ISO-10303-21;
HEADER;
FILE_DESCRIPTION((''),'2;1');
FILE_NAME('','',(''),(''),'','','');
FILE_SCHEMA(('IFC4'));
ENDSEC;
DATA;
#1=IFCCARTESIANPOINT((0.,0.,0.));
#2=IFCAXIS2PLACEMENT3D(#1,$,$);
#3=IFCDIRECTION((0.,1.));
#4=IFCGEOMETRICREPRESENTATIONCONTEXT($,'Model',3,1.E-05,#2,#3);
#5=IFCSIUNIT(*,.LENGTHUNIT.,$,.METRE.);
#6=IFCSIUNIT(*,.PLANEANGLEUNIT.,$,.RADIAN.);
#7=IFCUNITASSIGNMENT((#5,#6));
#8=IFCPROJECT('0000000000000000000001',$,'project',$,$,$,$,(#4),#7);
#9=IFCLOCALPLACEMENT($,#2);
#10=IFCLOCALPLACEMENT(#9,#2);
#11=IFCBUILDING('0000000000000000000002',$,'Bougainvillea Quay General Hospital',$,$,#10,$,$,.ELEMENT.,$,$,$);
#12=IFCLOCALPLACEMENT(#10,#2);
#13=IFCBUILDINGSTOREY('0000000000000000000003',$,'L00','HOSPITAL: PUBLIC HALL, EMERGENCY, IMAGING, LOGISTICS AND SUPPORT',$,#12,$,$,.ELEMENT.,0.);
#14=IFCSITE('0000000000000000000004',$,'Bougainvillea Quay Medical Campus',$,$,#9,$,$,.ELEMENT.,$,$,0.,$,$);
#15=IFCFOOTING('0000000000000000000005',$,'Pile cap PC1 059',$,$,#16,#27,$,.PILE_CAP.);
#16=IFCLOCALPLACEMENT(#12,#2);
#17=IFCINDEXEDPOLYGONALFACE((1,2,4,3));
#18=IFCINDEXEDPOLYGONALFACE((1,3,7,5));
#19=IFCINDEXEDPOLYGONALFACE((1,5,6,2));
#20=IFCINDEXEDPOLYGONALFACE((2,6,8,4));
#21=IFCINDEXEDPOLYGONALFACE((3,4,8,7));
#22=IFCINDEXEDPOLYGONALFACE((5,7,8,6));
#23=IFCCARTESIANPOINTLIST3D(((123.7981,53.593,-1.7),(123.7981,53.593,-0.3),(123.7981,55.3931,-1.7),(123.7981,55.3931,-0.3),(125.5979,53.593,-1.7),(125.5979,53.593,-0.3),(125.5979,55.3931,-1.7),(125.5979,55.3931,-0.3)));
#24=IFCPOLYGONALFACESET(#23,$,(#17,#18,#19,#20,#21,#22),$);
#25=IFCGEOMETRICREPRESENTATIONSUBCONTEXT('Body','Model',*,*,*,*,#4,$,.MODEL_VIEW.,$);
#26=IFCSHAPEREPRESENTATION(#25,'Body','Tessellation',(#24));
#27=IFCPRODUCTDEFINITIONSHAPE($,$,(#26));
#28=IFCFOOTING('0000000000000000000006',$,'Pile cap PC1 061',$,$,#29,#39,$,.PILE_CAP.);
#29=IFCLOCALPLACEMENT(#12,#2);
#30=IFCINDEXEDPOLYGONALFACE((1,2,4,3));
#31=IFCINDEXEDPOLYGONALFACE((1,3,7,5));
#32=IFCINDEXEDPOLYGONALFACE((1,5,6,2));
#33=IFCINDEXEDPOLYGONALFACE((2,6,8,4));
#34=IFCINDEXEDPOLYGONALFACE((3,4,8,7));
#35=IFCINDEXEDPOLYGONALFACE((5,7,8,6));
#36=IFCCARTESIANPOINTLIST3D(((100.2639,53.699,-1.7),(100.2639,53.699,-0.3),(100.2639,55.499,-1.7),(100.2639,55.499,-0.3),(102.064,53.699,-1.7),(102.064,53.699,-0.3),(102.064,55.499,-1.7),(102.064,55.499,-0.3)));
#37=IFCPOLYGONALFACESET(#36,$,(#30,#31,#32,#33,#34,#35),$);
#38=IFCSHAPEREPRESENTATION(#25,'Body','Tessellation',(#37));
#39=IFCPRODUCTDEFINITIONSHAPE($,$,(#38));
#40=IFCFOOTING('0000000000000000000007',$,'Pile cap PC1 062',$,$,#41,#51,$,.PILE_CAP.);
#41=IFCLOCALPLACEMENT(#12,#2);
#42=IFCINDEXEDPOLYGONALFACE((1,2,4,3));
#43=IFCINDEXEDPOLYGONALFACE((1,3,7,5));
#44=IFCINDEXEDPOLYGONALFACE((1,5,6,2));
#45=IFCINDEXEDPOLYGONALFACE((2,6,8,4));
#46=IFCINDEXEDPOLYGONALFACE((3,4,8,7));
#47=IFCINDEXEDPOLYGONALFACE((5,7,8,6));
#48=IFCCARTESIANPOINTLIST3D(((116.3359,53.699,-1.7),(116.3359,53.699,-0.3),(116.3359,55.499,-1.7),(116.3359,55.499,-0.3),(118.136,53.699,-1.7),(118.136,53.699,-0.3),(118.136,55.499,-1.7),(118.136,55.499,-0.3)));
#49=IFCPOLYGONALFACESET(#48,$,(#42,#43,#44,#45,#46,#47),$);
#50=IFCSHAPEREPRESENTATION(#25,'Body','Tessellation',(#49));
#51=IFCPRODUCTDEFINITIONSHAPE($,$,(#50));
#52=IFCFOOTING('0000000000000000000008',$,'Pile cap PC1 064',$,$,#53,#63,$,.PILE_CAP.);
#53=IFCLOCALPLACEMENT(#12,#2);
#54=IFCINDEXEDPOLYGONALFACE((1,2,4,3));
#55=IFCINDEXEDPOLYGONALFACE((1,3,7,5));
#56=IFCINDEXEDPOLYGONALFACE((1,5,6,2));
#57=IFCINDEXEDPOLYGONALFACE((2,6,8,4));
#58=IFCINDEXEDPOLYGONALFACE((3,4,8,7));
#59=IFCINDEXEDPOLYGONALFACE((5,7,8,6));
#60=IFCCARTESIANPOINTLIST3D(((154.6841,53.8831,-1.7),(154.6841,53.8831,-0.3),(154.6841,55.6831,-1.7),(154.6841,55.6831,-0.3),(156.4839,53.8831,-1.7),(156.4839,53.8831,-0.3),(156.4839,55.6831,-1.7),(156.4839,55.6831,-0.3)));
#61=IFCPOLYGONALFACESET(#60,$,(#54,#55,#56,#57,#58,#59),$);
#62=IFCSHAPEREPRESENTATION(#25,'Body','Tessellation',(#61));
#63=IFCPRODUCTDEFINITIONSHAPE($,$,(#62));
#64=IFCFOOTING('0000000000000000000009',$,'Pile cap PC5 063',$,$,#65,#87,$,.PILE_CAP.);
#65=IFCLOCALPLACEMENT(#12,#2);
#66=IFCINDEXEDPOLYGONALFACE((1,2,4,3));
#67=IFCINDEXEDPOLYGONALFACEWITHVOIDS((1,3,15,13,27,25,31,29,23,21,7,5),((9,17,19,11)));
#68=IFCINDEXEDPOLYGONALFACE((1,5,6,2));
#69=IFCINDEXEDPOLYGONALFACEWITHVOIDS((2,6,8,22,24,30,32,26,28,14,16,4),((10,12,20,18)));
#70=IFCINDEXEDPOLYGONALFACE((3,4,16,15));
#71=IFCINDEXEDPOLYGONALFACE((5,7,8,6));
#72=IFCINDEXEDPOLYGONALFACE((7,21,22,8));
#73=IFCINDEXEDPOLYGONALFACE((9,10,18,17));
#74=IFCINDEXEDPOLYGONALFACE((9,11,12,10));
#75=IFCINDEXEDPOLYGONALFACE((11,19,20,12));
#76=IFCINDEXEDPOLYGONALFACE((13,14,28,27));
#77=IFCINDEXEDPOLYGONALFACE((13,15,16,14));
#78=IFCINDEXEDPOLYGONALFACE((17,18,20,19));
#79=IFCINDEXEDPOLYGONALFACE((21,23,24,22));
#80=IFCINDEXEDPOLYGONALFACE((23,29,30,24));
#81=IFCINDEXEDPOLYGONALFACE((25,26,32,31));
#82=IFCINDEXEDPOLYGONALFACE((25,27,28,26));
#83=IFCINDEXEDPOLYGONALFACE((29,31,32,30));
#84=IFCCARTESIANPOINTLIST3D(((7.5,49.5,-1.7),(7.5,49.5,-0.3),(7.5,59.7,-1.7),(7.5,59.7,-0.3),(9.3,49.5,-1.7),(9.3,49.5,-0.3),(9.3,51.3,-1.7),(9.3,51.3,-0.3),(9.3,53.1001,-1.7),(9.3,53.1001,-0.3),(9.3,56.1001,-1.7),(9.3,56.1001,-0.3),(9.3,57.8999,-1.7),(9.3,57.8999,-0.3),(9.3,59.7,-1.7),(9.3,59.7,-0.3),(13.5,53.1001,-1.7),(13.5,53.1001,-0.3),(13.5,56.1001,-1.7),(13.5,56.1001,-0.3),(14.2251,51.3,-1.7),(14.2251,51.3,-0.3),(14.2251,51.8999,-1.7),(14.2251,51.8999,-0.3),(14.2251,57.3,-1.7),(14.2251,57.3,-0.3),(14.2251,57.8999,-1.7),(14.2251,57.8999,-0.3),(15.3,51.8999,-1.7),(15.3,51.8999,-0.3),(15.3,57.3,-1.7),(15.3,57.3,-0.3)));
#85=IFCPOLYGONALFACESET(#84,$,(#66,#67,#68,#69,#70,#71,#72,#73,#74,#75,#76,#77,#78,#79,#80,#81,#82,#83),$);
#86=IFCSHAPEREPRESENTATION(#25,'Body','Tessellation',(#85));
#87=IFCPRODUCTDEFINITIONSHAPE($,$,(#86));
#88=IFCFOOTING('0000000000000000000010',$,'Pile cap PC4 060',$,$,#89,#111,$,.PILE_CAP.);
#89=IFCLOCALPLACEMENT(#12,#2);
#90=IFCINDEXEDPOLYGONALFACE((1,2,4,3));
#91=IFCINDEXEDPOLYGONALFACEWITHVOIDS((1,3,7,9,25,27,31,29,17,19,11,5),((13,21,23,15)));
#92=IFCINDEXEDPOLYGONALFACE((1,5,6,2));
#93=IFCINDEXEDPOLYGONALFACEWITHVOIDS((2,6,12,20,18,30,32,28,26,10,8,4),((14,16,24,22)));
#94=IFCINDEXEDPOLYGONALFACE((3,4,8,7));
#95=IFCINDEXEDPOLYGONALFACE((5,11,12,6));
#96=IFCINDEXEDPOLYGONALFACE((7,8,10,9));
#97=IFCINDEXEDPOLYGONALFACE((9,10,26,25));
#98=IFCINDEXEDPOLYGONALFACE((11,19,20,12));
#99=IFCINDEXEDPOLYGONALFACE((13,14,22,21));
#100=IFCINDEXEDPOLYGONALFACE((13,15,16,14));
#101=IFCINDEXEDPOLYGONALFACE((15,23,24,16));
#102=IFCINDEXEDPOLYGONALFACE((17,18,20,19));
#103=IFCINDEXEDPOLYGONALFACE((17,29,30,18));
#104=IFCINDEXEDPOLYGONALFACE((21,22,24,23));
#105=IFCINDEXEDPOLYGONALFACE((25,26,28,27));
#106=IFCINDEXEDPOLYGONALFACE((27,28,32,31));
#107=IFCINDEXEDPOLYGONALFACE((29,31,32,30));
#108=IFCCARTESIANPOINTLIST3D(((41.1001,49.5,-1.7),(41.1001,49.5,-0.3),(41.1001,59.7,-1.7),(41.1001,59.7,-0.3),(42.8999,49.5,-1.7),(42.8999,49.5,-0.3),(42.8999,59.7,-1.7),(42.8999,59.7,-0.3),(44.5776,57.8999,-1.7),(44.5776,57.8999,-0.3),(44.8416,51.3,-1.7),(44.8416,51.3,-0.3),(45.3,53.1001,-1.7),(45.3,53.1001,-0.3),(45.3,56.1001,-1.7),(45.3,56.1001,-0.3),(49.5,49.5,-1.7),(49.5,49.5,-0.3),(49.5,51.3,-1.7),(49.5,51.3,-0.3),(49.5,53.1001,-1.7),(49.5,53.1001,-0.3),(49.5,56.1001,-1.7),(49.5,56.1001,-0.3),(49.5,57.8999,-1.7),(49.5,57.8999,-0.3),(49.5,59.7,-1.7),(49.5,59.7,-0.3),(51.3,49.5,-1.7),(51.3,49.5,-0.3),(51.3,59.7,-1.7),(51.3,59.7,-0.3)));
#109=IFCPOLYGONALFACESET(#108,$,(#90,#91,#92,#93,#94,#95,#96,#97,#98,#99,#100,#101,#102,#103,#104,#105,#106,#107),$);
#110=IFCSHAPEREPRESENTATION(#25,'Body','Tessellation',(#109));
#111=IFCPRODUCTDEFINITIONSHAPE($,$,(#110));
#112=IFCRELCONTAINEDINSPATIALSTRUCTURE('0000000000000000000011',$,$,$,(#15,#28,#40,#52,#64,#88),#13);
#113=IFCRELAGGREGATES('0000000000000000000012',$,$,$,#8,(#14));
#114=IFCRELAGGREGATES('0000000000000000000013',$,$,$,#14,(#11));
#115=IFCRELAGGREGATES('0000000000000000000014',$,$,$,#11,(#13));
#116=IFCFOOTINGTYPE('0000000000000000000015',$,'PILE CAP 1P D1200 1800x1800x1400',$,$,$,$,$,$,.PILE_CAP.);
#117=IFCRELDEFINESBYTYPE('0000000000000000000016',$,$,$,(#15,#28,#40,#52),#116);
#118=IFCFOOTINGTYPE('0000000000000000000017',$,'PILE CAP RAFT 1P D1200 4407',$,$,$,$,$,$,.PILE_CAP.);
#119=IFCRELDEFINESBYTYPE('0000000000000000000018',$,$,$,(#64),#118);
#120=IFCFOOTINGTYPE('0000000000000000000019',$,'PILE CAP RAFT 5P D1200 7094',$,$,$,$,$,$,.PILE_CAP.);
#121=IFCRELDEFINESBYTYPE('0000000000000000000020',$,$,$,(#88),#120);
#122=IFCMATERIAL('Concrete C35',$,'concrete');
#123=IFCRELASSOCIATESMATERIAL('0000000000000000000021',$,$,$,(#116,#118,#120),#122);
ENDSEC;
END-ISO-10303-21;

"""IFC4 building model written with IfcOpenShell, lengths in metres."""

from ifc_helpers import new_model, si_unit, direction, frame, origin, place, context, subcontext, project, spatial, polyline, outline, extrude, material, type_object, element, save


model = new_model("IFC4")

# Units and contexts
model_context = context("Model", 3, precision=1e-05, world=origin(), true_north=direction((0.0, 1.0)))
body_context = subcontext(model_context, "Body", "Model", "MODEL_VIEW")
ifc_project = project(units=[si_unit("LENGTHUNIT", "METRE"), si_unit("PLANEANGLEUNIT", "RADIAN")], contexts=[model_context])

# Site, building, storey
site_placement = place(None, origin())
site = spatial("IfcSite", under=ifc_project, at=site_placement, Name="Bougainvillea Quay Medical Campus", CompositionType="ELEMENT", RefElevation=0.0)
building_placement = place(site_placement, origin())
building = spatial("IfcBuilding", under=site, at=building_placement, Name="Bougainvillea Quay General Hospital", CompositionType="ELEMENT")
storey_placement = place(building_placement, origin())
storey = spatial("IfcBuildingStorey", under=building, at=storey_placement, Name="L00", Description="HOSPITAL: PUBLIC HALL, EMERGENCY, IMAGING, LOGISTICS AND SUPPORT", CompositionType="ELEMENT", Elevation=0.0)

# Footings
ifc_material = material(Name="Concrete C35", Category="concrete")
footing_type_1 = type_object("IfcFootingType", Name="PILE CAP 1P D1200 1800x1800x1400", PredefinedType="PILE_CAP", material=ifc_material)
footing_1_placement = place(storey_placement, frame((0.0, 0.0, -1.7)))
element("IfcFooting", 1, at=footing_1_placement, inside=storey, type_object=footing_type_1, Name="Pile cap PC1 059", PredefinedType="PILE_CAP", context=body_context, shape_type="SweptSolid", body=[
    extrude(outline(polyline([(123.7981, 53.593), (125.5979, 53.593), (125.5979, 55.3931), (123.7981, 55.3931), (123.7981, 53.593)])), origin(), (0.0, 0.0, 1.0), 1.3999),
])
footing_2_placement = place(storey_placement, frame((0.0, 0.0, -1.7)))
element("IfcFooting", 2, at=footing_2_placement, inside=storey, type_object=footing_type_1, Name="Pile cap PC1 061", PredefinedType="PILE_CAP", context=body_context, shape_type="SweptSolid", body=[
    extrude(outline(polyline([(100.2639, 53.699), (102.064, 53.699), (102.064, 55.499), (100.2639, 55.499), (100.2639, 53.699)])), origin(), (0.0, 0.0, 1.0), 1.3999),
])
footing_3_placement = place(storey_placement, frame((0.0, 0.0, -1.7)))
element("IfcFooting", 3, at=footing_3_placement, inside=storey, type_object=footing_type_1, Name="Pile cap PC1 062", PredefinedType="PILE_CAP", context=body_context, shape_type="SweptSolid", body=[
    extrude(outline(polyline([(116.3359, 53.699), (118.136, 53.699), (118.136, 55.499), (116.3359, 55.499), (116.3359, 53.699)])), origin(), (0.0, 0.0, 1.0), 1.3999),
])
footing_4_placement = place(storey_placement, frame((0.0, 0.0, -1.7)))
element("IfcFooting", 4, at=footing_4_placement, inside=storey, type_object=footing_type_1, Name="Pile cap PC1 064", PredefinedType="PILE_CAP", context=body_context, shape_type="SweptSolid", body=[
    extrude(outline(polyline([(154.6841, 53.8831), (156.4839, 53.8831), (156.4839, 55.6831), (154.6841, 55.6831), (154.6841, 53.8831)])), origin(), (0.0, 0.0, 1.0), 1.3999),
])
footing_type_2 = type_object("IfcFootingType", Name="PILE CAP RAFT 1P D1200 4407", PredefinedType="PILE_CAP", material=ifc_material)
footing_5_placement = place(storey_placement, frame((0.0, 0.0, -1.7)))
element("IfcFooting", 5, at=footing_5_placement, inside=storey, type_object=footing_type_2, Name="Pile cap PC5 063", PredefinedType="PILE_CAP", context=body_context, shape_type="SweptSolid", body=[
    extrude(outline(polyline([(14.2251, 51.3), (9.3, 51.3), (9.3, 49.5), (7.5, 49.5), (7.5, 59.7), (9.3, 59.7), (9.3, 57.8999), (14.2251, 57.8999), (14.2251, 57.3), (15.3, 57.3), (15.3, 51.8999), (14.2251, 51.8999), (14.2251, 51.3)]), holes=[polyline([(9.3, 56.1001), (9.3, 53.1001), (13.5, 53.1001), (13.5, 56.1001), (9.3, 56.1001)])]), origin(), (0.0, 0.0, 1.0), 1.3999),
])
footing_type_3 = type_object("IfcFootingType", Name="PILE CAP RAFT 5P D1200 7094", PredefinedType="PILE_CAP", material=ifc_material)
footing_6_placement = place(storey_placement, frame((0.0, 0.0, -1.7)))
element("IfcFooting", 6, at=footing_6_placement, inside=storey, type_object=footing_type_3, Name="Pile cap PC4 060", PredefinedType="PILE_CAP", context=body_context, shape_type="SweptSolid", body=[
    extrude(outline(polyline([(44.8416, 51.3), (42.8999, 49.5), (41.1001, 49.5), (41.1001, 59.7), (42.8999, 59.7), (44.5776, 57.8999), (49.5, 57.8999), (49.5, 59.7), (51.3, 59.7), (51.3, 49.5), (49.5, 49.5), (49.5, 51.3), (44.8416, 51.3)]), holes=[polyline([(45.3, 56.1001), (45.3, 53.1001), (49.5, 53.1001), (49.5, 56.1001), (45.3, 56.1001)])]), origin(), (0.0, 0.0, 1.0), 1.3999),
])

save(model, "model.ifc")
